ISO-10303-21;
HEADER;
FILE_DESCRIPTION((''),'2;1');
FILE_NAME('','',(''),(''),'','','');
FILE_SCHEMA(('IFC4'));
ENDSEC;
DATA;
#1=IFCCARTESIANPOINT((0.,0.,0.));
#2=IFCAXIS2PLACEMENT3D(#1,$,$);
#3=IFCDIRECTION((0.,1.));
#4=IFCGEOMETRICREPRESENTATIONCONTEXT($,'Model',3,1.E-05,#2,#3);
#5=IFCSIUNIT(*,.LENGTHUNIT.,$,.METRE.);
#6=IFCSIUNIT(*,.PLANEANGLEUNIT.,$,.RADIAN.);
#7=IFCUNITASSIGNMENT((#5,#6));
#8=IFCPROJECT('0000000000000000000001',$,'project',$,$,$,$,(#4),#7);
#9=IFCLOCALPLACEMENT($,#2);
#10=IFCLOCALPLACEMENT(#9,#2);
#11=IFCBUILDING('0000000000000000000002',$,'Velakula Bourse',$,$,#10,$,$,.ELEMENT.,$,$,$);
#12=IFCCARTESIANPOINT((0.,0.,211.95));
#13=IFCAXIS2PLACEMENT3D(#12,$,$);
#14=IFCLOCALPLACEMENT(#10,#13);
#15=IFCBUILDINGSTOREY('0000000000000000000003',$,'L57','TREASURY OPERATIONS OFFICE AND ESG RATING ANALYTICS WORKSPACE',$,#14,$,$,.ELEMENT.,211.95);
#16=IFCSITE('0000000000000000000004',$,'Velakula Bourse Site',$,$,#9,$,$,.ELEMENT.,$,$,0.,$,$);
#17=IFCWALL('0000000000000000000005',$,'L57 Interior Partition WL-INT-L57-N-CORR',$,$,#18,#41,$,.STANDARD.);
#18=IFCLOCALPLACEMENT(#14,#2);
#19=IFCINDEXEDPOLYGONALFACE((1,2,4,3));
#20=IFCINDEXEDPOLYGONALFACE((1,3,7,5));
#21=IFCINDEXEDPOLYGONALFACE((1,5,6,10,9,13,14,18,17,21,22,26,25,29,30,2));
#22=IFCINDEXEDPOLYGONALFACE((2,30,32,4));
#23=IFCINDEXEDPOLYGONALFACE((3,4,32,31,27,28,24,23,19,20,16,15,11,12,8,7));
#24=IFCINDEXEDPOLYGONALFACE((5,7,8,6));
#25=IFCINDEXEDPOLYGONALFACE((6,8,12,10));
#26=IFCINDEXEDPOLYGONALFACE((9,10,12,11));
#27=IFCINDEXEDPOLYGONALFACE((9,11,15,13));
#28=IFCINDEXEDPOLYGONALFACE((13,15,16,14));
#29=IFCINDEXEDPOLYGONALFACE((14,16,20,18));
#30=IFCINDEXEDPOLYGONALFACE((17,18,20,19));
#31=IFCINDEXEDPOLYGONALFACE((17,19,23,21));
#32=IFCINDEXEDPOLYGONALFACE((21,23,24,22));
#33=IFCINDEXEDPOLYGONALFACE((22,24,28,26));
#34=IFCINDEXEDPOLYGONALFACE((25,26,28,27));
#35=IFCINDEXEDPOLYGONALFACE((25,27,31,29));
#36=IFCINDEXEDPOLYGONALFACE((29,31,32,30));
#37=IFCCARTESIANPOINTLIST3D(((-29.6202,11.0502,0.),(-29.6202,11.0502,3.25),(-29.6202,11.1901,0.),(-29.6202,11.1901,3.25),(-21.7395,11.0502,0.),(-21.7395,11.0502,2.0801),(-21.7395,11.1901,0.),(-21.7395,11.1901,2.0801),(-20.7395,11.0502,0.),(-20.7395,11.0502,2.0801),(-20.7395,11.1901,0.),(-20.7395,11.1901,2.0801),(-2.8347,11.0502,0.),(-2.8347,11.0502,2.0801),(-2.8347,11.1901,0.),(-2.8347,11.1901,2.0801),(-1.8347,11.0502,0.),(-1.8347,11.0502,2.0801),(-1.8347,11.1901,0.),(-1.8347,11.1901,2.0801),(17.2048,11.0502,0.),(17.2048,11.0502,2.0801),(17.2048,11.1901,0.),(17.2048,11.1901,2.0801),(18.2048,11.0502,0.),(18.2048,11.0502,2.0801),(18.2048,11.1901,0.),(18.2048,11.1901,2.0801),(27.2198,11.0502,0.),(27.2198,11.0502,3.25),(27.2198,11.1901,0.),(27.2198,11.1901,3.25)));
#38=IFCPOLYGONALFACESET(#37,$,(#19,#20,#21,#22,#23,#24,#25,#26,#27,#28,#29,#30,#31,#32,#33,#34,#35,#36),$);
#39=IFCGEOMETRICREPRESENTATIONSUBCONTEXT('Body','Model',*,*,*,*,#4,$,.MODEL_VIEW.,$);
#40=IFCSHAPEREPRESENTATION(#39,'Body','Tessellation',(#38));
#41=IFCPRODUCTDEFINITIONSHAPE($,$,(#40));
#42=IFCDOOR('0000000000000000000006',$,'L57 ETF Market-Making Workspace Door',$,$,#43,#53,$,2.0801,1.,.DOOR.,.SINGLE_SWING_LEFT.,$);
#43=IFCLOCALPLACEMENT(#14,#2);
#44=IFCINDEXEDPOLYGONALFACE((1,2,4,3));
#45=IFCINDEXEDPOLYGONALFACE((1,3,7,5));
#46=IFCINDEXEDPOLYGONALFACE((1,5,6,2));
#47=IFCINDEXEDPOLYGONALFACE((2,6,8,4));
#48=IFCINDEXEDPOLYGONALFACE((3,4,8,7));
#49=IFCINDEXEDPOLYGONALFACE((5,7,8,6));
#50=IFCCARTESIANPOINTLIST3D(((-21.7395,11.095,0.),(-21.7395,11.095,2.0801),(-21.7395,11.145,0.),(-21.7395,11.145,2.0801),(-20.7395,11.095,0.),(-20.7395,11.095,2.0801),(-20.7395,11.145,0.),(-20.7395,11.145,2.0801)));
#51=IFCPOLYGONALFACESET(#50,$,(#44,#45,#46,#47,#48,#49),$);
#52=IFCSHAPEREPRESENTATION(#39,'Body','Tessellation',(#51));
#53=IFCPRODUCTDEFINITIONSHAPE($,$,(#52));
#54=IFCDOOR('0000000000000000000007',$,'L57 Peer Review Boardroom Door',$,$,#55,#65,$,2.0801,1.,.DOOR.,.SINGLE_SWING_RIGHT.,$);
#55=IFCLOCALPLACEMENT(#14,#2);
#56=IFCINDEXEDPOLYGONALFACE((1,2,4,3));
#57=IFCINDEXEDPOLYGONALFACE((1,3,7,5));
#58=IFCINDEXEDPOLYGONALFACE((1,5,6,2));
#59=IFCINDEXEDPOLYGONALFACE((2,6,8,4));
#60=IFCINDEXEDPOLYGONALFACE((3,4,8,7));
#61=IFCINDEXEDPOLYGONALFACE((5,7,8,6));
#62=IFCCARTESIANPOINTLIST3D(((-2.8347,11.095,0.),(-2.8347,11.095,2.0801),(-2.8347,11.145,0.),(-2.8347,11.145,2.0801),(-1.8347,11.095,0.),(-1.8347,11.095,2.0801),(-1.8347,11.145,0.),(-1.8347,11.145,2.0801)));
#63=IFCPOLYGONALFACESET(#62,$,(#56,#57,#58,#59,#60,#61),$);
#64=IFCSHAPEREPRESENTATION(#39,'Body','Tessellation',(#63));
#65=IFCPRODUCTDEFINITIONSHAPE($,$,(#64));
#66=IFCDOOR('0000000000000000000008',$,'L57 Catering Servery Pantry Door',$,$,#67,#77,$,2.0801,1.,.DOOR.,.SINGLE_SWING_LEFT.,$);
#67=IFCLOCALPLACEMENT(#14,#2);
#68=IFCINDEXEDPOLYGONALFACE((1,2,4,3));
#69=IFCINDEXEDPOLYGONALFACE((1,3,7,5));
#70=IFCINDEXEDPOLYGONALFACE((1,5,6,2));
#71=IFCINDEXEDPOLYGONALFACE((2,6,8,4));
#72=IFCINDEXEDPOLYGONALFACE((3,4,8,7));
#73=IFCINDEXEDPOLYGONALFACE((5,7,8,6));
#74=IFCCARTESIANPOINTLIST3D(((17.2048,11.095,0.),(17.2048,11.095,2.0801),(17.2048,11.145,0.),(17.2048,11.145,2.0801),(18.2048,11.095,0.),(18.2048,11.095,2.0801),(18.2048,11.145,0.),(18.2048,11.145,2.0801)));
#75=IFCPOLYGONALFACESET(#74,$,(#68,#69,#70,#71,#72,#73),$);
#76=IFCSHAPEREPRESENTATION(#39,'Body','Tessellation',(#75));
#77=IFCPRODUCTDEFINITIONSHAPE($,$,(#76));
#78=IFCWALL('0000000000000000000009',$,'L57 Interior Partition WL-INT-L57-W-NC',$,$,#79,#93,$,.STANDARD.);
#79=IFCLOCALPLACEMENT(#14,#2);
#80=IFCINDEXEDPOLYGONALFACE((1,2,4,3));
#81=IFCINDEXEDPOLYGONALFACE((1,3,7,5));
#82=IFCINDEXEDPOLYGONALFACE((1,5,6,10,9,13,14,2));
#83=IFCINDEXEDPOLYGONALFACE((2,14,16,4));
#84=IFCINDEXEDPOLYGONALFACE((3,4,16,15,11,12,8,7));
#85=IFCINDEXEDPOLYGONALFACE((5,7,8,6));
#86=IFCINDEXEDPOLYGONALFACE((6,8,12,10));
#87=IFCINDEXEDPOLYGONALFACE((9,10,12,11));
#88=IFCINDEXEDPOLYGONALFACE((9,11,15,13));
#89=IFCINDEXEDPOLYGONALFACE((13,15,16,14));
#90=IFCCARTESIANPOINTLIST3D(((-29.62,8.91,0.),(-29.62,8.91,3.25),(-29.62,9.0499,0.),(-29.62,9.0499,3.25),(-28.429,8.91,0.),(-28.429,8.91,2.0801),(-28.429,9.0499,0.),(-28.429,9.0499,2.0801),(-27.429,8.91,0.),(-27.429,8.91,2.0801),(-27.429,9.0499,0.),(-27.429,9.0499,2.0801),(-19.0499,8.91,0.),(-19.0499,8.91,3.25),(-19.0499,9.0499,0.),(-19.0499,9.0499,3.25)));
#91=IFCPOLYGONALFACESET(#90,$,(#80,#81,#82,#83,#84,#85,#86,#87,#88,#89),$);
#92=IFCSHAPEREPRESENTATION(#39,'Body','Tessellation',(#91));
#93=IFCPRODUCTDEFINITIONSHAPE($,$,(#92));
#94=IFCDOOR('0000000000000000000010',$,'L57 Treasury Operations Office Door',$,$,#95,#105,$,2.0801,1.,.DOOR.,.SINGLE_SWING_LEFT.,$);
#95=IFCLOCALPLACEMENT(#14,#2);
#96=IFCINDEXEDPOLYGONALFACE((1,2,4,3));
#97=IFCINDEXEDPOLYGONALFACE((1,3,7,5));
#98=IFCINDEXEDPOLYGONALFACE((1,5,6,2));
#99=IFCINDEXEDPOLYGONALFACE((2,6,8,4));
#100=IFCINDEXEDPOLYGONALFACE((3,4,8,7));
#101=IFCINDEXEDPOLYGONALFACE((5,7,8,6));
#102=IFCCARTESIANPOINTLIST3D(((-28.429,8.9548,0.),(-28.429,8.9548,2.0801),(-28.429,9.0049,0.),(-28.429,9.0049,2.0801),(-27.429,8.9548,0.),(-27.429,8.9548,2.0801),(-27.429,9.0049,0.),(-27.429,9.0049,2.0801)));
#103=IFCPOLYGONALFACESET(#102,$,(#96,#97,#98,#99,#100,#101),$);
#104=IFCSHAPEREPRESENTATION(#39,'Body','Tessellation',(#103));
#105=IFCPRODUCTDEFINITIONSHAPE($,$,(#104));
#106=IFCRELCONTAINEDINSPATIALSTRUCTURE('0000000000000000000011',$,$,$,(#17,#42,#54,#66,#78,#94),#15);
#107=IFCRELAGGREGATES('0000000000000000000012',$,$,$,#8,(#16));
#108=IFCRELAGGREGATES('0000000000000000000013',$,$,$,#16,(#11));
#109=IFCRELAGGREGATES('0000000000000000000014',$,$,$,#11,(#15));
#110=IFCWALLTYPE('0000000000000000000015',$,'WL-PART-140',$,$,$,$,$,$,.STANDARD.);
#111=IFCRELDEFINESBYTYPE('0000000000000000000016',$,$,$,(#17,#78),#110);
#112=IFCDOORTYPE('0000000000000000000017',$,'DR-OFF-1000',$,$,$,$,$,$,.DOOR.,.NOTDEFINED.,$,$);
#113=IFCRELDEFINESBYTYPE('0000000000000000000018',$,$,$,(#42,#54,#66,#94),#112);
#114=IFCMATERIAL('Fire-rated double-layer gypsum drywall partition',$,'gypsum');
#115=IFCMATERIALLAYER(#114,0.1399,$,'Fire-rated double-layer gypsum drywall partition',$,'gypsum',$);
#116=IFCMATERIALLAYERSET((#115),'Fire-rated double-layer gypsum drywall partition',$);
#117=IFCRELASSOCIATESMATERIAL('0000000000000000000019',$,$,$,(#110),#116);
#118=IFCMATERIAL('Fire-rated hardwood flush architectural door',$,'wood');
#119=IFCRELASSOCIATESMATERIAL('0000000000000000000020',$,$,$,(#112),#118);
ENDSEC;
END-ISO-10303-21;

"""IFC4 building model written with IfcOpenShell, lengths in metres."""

from ifc_helpers import new_model, si_unit, direction, frame, frame_2d, origin, place, context, subcontext, project, spatial, rectangle, extrude, material, layer, layer_set, type_object, element, fill, save


model = new_model("IFC4")

# Units and contexts
model_context = context("Model", 3, precision=1e-05, world=origin(), true_north=direction((0.0, 1.0)))
body_context = subcontext(model_context, "Body", "Model", "MODEL_VIEW")
ifc_project = project(units=[si_unit("LENGTHUNIT", "METRE"), si_unit("PLANEANGLEUNIT", "RADIAN")], contexts=[model_context])

# Site, building, storey
site_placement = place(None, origin())
site = spatial("IfcSite", under=ifc_project, at=site_placement, Name="Velakula Bourse Site", CompositionType="ELEMENT", RefElevation=0.0)
building_placement = place(site_placement, origin())
building = spatial("IfcBuilding", under=site, at=building_placement, Name="Velakula Bourse", CompositionType="ELEMENT")
storey_placement = place(building_placement, frame((0.0, 0.0, 211.95)))
storey = spatial("IfcBuildingStorey", under=building, at=storey_placement, Name="L57", Description="TREASURY OPERATIONS OFFICE AND ESG RATING ANALYTICS WORKSPACE", CompositionType="ELEMENT", Elevation=211.95)

# Shared definitions
ifc_material_1 = material(Name="Fire-rated hardwood flush architectural door", Category="wood")

# Wall, openings, doors
ifc_material_2 = material(Name="Fire-rated double-layer gypsum drywall partition", Category="gypsum")
ifc_layer_1 = layer(ifc_material_2, 0.1399, Name="Fire-rated double-layer gypsum drywall partition", Category="gypsum")
ifc_layer_set_1 = layer_set([ifc_layer_1], Name="Fire-rated double-layer gypsum drywall partition")
wall_type_1 = type_object("IfcWallType", Name="WL-PART-140", PredefinedType="STANDARD", material=ifc_layer_set_1)
wall_1_placement = place(storey_placement, frame((-29.6201, 11.1201, 0.0), z_axis=(0.0, 0.0, 1.0), x_axis=(1.0, 0.0, 0.0)))
wall_1 = element("IfcWall", 1, at=wall_1_placement, inside=storey, type_object=wall_type_1, Name="L57 Interior Partition WL-INT-L57-N-CORR", PredefinedType="STANDARD", context=body_context, shape_type="SweptSolid", body=[
    extrude(rectangle(XDim=56.8401, YDim=0.1399, at=frame_2d((28.4199, 0.0))), origin(), (0.0, 0.0, 1.0), 3.25),
])
opening_1_placement = place(wall_1_placement, frame((7.8806, 0.0, 0.0)))
opening_1 = element("IfcOpeningElement", 2, at=opening_1_placement, cuts=wall_1, PredefinedType="OPENING", context=body_context, shape_type="SweptSolid", body=[
    extrude(rectangle(XDim=1.0, YDim=2.0801, at=frame_2d((0.5, 1.04))), frame((0.0, 0.0798, 0.0), z_axis=(0.0, -1.0, 0.0), x_axis=(1.0, 0.0, 0.0)), (0.0, 0.0, 1.0), 0.1599),
])
opening_2_placement = place(wall_1_placement, frame((26.7854, 0.0, 0.0)))
opening_2 = element("IfcOpeningElement", 3, at=opening_2_placement, cuts=wall_1, PredefinedType="OPENING", context=body_context, shape_type="SweptSolid", body=[
    extrude(rectangle(XDim=1.0, YDim=2.0801, at=frame_2d((0.5, 1.04))), frame((0.0, 0.0798, 0.0), z_axis=(0.0, -1.0, 0.0), x_axis=(1.0, 0.0, 0.0)), (0.0, 0.0, 1.0), 0.1599),
])
opening_3_placement = place(wall_1_placement, frame((46.825, 0.0, 0.0)))
opening_3 = element("IfcOpeningElement", 4, at=opening_3_placement, cuts=wall_1, PredefinedType="OPENING", context=body_context, shape_type="SweptSolid", body=[
    extrude(rectangle(XDim=1.0, YDim=2.0801, at=frame_2d((0.5, 1.04))), frame((0.0, 0.0798, 0.0), z_axis=(0.0, -1.0, 0.0), x_axis=(1.0, 0.0, 0.0)), (0.0, 0.0, 1.0), 0.1599),
])
door_type_1 = type_object("IfcDoorType", Name="DR-OFF-1000", OperationType="NOTDEFINED", PredefinedType="DOOR", material=ifc_material_1)
door_1_placement = place(opening_1_placement, origin())
door_1 = element("IfcDoor", 5, at=door_1_placement, inside=storey, type_object=door_type_1, Name="L57 ETF Market-Making Workspace Door", OperationType="SINGLE_SWING_LEFT", OverallHeight=2.0801, OverallWidth=1.0, PredefinedType="DOOR", context=body_context, shape_type="SweptSolid", body=[
    extrude(rectangle(XDim=1.0, YDim=2.0801, at=frame_2d((0.5, 1.04))), frame((0.0, 0.0249, 0.0), z_axis=(0.0, -1.0, 0.0), x_axis=(1.0, 0.0, 0.0)), (0.0, 0.0, 1.0), 0.05),
])
fill(opening_1, door_1)
door_2_placement = place(opening_2_placement, origin())
door_2 = element("IfcDoor", 6, at=door_2_placement, inside=storey, type_object=door_type_1, Name="L57 Peer Review Boardroom Door", OperationType="SINGLE_SWING_RIGHT", OverallHeight=2.0801, OverallWidth=1.0, PredefinedType="DOOR", context=body_context, shape_type="SweptSolid", body=[
    extrude(rectangle(XDim=1.0, YDim=2.0801, at=frame_2d((0.5, 1.04))), frame((0.0, 0.0249, 0.0), z_axis=(0.0, -1.0, 0.0), x_axis=(1.0, 0.0, 0.0)), (0.0, 0.0, 1.0), 0.05),
])
fill(opening_2, door_2)
door_3_placement = place(opening_3_placement, origin())
door_3 = element("IfcDoor", 7, at=door_3_placement, inside=storey, type_object=door_type_1, Name="L57 Catering Servery Pantry Door", OperationType="SINGLE_SWING_LEFT", OverallHeight=2.0801, OverallWidth=1.0, PredefinedType="DOOR", context=body_context, shape_type="SweptSolid", body=[
    extrude(rectangle(XDim=1.0, YDim=2.0801, at=frame_2d((0.5, 1.04))), frame((0.0, 0.0249, 0.0), z_axis=(0.0, -1.0, 0.0), x_axis=(1.0, 0.0, 0.0)), (0.0, 0.0, 1.0), 0.05),
])
fill(opening_3, door_3)

# Wall, opening, door
wall_2_placement = place(storey_placement, frame((-29.6201, 8.98, 0.0), z_axis=(0.0, 0.0, 1.0), x_axis=(1.0, 0.0, 0.0)))
wall_2 = element("IfcWall", 8, at=wall_2_placement, inside=storey, type_object=wall_type_1, Name="L57 Interior Partition WL-INT-L57-W-NC", PredefinedType="STANDARD", context=body_context, shape_type="SweptSolid", body=[
    extrude(rectangle(XDim=10.5701, YDim=0.1399, at=frame_2d((5.2852, 0.0))), origin(), (0.0, 0.0, 1.0), 3.25),
])
opening_4_placement = place(wall_2_placement, frame((1.1912, 0.0, 0.0)))
opening_4 = element("IfcOpeningElement", 9, at=opening_4_placement, cuts=wall_2, PredefinedType="OPENING", context=body_context, shape_type="SweptSolid", body=[
    extrude(rectangle(XDim=1.0, YDim=2.0801, at=frame_2d((0.5, 1.04))), frame((0.0, 0.0798, 0.0), z_axis=(0.0, -1.0, 0.0), x_axis=(1.0, 0.0, 0.0)), (0.0, 0.0, 1.0), 0.1599),
])
door_4_placement = place(opening_4_placement, origin())
door_4 = element("IfcDoor", 10, at=door_4_placement, inside=storey, type_object=door_type_1, Name="L57 Treasury Operations Office Door", OperationType="SINGLE_SWING_LEFT", OverallHeight=2.0801, OverallWidth=1.0, PredefinedType="DOOR", context=body_context, shape_type="SweptSolid", body=[
    extrude(rectangle(XDim=1.0, YDim=2.0801, at=frame_2d((0.5, 1.04))), frame((0.0, 0.0249, 0.0), z_axis=(0.0, -1.0, 0.0), x_axis=(1.0, 0.0, 0.0)), (0.0, 0.0, 1.0), 0.05),
])
fill(opening_4, door_4)

save(model, "model.ifc")
